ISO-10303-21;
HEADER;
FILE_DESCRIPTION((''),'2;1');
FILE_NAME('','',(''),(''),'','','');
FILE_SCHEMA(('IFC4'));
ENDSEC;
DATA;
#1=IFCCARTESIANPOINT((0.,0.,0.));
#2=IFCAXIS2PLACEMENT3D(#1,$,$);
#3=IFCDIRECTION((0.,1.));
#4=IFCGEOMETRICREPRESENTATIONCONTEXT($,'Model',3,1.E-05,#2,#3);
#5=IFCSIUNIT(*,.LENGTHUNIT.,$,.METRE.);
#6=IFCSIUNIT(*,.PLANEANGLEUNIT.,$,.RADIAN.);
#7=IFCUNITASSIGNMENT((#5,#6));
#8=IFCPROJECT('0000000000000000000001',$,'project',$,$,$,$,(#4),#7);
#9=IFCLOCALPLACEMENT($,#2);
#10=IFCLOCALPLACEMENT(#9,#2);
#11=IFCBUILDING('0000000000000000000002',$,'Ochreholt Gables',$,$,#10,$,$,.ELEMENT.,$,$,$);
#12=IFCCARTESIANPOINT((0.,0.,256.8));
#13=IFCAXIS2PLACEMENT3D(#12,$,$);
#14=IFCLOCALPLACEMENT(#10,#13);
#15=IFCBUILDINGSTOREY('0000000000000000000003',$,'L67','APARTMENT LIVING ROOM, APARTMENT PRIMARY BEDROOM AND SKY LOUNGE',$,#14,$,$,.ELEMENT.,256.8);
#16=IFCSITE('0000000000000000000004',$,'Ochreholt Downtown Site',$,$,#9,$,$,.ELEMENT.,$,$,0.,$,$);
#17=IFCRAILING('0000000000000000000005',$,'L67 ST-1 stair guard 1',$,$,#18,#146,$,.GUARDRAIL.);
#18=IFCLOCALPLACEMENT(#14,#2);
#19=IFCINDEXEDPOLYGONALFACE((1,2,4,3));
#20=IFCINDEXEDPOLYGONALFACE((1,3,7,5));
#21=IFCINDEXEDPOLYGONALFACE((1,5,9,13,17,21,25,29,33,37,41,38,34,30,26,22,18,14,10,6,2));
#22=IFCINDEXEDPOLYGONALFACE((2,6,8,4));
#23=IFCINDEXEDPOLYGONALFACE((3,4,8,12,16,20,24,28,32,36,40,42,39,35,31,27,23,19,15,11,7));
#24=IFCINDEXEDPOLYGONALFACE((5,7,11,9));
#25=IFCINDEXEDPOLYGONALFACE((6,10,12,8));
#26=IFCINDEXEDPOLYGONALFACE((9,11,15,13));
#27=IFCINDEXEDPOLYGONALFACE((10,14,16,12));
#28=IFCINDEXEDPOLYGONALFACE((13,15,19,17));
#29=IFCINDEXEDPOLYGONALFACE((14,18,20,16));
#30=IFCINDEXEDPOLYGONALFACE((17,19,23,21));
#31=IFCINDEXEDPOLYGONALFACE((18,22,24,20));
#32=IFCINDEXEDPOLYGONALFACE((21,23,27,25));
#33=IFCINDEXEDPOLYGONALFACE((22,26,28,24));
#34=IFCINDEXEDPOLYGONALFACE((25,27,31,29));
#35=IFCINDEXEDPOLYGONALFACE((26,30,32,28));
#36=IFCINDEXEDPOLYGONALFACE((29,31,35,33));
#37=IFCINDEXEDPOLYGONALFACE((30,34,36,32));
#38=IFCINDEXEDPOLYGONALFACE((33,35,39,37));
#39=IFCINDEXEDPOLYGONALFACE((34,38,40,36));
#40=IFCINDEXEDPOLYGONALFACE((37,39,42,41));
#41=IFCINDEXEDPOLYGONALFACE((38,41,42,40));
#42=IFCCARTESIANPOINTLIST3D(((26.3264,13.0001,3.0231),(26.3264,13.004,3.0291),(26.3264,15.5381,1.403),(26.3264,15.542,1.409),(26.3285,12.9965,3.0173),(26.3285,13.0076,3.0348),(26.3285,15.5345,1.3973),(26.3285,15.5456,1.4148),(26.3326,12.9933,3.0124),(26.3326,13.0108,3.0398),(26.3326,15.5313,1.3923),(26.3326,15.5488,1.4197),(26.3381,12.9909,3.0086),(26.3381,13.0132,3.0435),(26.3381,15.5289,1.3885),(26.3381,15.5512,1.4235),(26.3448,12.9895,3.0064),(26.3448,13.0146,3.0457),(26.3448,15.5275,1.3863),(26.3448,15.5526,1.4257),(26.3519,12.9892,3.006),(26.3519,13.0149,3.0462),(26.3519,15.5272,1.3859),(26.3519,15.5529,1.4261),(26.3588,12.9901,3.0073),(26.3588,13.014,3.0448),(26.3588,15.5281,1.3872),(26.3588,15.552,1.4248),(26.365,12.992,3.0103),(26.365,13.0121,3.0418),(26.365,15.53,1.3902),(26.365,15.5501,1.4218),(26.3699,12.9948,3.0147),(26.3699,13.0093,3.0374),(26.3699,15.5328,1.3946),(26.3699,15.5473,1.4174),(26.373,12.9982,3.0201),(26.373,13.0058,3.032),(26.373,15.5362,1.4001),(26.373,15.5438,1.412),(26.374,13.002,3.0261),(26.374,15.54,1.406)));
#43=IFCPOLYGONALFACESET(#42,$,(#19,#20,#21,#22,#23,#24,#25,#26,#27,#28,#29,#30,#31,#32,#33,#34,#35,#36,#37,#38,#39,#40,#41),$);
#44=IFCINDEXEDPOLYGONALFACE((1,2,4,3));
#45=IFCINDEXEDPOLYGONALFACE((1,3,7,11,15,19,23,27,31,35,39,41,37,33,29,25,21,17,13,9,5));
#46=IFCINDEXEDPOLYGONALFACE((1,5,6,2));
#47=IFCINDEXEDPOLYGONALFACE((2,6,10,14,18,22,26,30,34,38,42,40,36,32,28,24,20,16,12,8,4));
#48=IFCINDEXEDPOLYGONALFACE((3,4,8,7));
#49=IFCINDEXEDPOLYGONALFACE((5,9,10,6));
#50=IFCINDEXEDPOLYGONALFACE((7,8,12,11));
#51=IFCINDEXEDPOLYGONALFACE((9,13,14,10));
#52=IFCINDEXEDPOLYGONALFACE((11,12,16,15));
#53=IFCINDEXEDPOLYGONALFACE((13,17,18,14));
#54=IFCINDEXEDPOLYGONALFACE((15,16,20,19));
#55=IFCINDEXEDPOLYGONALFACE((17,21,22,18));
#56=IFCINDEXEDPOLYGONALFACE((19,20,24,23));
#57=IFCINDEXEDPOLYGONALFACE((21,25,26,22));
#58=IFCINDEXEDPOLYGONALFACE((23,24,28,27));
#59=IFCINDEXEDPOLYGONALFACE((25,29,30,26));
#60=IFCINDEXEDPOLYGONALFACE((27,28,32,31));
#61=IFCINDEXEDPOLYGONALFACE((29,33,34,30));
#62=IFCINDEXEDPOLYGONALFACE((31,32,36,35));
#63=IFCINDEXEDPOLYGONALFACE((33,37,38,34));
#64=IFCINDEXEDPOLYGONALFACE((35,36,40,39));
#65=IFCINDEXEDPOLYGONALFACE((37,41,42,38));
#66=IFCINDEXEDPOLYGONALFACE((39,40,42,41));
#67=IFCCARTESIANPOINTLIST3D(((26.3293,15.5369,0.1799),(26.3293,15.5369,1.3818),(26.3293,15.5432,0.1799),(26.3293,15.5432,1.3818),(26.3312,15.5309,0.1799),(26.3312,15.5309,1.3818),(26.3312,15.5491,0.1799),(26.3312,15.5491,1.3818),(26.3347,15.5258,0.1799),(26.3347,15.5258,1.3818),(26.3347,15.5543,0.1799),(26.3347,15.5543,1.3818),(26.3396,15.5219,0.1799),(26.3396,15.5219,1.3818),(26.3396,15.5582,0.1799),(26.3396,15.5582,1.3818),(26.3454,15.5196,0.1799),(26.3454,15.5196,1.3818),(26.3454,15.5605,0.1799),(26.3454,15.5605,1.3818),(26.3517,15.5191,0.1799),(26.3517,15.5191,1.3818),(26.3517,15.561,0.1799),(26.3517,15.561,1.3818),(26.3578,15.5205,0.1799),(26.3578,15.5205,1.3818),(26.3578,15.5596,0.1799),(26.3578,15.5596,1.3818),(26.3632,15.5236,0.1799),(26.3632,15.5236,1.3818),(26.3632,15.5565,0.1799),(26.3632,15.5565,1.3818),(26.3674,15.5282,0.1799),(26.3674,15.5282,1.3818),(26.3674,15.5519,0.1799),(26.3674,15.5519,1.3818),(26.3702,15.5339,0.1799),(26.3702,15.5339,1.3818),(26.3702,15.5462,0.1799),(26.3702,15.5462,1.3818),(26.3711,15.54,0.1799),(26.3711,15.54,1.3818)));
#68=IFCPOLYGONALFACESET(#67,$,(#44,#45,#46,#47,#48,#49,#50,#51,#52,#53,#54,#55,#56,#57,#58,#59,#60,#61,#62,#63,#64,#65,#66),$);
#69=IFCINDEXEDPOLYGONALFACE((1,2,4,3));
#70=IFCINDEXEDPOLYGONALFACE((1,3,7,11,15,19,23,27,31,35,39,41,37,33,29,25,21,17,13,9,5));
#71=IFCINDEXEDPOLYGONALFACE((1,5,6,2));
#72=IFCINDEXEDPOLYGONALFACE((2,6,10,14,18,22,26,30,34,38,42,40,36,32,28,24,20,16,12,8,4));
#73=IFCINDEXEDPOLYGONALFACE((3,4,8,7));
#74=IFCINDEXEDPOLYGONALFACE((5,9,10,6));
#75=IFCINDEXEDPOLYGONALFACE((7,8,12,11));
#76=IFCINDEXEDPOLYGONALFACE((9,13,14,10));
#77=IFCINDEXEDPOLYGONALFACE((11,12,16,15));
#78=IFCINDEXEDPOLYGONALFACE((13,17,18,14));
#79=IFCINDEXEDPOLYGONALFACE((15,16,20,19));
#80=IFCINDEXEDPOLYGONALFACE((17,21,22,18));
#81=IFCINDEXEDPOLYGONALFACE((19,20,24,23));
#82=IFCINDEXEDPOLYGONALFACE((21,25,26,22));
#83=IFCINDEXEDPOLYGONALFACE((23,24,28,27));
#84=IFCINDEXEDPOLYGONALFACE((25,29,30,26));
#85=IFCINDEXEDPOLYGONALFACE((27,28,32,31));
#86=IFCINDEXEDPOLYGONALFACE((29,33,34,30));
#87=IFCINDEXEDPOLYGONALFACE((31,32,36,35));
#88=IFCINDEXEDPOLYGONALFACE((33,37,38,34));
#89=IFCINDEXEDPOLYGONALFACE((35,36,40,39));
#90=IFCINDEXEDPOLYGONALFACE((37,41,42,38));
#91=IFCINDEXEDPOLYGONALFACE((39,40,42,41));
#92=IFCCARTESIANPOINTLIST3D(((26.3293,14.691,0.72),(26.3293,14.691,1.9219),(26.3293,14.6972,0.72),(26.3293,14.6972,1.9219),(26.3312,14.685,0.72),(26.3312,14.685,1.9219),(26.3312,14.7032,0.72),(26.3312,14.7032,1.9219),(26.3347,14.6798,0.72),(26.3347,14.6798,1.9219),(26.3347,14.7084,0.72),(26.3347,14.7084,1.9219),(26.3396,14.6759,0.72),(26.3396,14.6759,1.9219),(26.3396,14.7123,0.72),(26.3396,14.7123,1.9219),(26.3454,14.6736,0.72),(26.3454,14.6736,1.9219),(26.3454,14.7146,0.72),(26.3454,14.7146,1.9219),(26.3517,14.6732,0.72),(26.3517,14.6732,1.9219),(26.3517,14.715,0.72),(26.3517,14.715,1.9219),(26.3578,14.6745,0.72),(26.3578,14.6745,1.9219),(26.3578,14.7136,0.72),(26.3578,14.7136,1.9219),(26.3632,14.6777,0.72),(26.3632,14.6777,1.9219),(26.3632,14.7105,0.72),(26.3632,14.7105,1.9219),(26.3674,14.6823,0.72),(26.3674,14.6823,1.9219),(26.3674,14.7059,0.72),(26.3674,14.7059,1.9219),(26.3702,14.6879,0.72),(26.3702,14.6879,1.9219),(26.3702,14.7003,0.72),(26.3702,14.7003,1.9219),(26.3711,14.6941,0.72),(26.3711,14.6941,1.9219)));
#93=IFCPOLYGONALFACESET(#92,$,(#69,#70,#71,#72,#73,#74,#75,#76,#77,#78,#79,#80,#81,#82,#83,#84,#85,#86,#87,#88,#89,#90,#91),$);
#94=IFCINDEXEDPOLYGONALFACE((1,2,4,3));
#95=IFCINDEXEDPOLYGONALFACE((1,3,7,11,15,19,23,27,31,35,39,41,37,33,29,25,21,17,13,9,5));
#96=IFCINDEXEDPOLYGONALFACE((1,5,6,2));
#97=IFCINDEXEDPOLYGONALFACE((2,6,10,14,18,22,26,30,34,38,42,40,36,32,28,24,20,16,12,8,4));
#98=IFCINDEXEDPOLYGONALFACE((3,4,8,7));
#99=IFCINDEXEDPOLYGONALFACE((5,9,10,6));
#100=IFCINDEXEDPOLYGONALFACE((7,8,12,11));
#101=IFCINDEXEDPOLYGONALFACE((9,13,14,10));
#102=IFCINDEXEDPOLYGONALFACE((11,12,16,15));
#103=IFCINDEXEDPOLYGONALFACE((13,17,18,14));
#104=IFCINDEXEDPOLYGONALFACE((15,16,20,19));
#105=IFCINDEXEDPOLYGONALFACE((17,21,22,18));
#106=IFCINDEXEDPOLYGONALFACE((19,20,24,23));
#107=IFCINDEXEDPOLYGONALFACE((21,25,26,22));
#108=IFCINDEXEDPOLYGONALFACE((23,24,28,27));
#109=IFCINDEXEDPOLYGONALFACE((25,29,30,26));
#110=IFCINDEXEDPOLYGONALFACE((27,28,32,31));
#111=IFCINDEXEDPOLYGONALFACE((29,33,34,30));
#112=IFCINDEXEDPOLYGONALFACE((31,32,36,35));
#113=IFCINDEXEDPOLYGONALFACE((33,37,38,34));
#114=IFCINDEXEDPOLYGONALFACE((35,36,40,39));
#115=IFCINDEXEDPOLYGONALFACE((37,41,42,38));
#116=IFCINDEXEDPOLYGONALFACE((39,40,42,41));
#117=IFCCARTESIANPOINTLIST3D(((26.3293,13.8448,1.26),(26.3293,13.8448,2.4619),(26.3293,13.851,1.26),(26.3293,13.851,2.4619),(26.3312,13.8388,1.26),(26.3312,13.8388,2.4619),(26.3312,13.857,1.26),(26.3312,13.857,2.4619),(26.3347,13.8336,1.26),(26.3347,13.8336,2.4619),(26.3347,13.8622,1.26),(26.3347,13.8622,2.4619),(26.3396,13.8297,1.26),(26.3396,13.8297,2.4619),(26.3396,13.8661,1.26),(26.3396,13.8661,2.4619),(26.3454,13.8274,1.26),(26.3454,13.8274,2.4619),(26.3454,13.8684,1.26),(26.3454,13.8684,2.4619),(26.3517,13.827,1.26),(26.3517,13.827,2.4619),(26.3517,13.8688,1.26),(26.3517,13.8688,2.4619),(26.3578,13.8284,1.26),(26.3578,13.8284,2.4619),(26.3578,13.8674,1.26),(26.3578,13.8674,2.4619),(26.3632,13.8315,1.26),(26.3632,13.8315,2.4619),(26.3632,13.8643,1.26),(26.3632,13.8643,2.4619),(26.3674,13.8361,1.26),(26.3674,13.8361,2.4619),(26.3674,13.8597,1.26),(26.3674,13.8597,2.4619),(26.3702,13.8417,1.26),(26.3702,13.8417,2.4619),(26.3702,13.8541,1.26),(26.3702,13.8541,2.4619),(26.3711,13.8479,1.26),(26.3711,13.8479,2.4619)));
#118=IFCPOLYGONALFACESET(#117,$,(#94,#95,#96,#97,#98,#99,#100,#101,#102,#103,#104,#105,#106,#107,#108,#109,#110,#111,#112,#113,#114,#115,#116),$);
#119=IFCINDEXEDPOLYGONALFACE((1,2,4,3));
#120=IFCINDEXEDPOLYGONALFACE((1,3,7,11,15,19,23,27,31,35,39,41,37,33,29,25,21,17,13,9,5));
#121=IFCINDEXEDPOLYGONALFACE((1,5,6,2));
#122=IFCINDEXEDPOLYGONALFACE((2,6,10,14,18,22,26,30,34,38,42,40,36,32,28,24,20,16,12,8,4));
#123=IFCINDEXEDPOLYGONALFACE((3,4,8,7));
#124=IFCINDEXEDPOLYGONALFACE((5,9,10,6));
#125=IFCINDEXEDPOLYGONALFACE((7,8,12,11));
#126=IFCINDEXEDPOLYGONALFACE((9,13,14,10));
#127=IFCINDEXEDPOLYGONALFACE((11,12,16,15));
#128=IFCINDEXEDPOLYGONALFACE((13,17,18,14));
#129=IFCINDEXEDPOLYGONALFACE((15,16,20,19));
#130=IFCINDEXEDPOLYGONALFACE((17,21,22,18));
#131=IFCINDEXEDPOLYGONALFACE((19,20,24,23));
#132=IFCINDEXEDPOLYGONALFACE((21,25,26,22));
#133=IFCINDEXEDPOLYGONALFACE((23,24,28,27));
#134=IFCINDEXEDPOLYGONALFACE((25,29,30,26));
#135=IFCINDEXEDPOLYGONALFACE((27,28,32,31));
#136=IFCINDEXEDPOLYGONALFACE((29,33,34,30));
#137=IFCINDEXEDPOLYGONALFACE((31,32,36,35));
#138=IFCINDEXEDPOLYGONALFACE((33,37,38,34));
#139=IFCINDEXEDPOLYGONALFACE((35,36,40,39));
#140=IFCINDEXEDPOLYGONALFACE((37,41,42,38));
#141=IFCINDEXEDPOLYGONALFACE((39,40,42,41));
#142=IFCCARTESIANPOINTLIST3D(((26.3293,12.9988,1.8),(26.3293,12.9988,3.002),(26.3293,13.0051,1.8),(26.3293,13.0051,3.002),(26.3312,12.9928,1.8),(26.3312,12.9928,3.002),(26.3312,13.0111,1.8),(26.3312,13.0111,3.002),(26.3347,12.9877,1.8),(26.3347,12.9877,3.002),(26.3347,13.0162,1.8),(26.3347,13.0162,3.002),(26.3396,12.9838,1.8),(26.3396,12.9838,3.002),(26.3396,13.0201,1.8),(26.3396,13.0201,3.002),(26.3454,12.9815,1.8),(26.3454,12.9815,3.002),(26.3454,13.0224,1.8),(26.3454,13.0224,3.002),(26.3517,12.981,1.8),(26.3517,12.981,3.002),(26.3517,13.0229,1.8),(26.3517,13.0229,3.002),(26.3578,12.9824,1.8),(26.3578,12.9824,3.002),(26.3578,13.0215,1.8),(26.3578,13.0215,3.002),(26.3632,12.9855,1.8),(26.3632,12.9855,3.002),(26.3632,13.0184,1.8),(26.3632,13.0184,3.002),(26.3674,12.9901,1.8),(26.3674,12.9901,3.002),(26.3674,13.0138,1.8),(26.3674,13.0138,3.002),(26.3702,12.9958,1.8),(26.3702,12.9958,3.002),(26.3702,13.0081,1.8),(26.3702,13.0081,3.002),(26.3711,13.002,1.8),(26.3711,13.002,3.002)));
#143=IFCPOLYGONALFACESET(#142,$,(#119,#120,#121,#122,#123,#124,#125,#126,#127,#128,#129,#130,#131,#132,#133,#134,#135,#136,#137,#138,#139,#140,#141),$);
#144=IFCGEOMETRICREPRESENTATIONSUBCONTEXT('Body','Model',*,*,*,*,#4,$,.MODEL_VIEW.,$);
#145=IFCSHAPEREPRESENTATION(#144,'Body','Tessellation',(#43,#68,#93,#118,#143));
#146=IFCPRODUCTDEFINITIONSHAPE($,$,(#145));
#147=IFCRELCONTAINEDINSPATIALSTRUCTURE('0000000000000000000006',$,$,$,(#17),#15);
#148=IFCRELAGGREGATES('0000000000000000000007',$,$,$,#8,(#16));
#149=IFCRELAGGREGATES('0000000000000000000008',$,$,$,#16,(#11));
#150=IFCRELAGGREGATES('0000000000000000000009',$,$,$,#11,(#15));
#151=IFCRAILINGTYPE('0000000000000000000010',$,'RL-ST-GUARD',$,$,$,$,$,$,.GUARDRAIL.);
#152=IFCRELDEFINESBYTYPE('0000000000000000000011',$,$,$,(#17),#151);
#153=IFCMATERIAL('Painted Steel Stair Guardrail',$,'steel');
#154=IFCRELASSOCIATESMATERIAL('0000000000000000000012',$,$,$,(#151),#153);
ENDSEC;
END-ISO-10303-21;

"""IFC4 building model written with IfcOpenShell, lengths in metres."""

from ifc_helpers import new_model, si_unit, direction, frame, origin, origin_2d, place, context, subcontext, project, spatial, circle, extrude, material, type_object, element, save


model = new_model("IFC4")

# Units and contexts
model_context = context("Model", 3, precision=1e-05, world=origin(), true_north=direction((0.0, 1.0)))
body_context = subcontext(model_context, "Body", "Model", "MODEL_VIEW")
ifc_project = project(units=[si_unit("LENGTHUNIT", "METRE"), si_unit("PLANEANGLEUNIT", "RADIAN")], contexts=[model_context])

# Site, building, storey
site_placement = place(None, origin())
site = spatial("IfcSite", under=ifc_project, at=site_placement, Name="Ochreholt Downtown Site", CompositionType="ELEMENT", RefElevation=0.0)
building_placement = place(site_placement, origin())
building = spatial("IfcBuilding", under=site, at=building_placement, Name="Ochreholt Gables", CompositionType="ELEMENT")
storey_placement = place(building_placement, frame((0.0, 0.0, 256.8)))
storey = spatial("IfcBuildingStorey", under=building, at=storey_placement, Name="L67", Description="APARTMENT LIVING ROOM, APARTMENT PRIMARY BEDROOM AND SKY LOUNGE", CompositionType="ELEMENT", Elevation=256.8)

# Railing
ifc_material_1 = material(Name="Painted Steel Stair Guardrail", Category="steel")
railing_type = type_object("IfcRailingType", Name="RL-ST-GUARD", PredefinedType="GUARDRAIL", material=ifc_material_1)
railing_1_placement = place(storey_placement, frame((26.3501, 15.54, 0.1799)))
element("IfcRailing", 1, at=railing_1_placement, inside=storey, type_object=railing_type, Name="L67 ST-1 stair guard 1", PredefinedType="GUARDRAIL", context=body_context, shape_type="SweptSolid", body=[
    extrude(circle(Radius=0.0239, at=origin_2d()), frame((0.0, 0.0, 1.2261), z_axis=(0.0, -0.842913, 0.53805), x_axis=(1.0, 0.0, 0.0)), (0.0, 0.0, 1.0), 3.011),
    extrude(circle(Radius=0.021, at=origin_2d()), origin(), (0.0, 0.0, 1.0), 1.2019),
    extrude(circle(Radius=0.021, at=origin_2d()), frame((0.0, -0.8459, 0.54)), (0.0, 0.0, 1.0), 1.2019),
    extrude(circle(Radius=0.021, at=origin_2d()), frame((0.0, -1.6921, 1.0801)), (0.0, 0.0, 1.0), 1.2019),
    extrude(circle(Radius=0.021, at=origin_2d()), frame((0.0, -2.5381, 1.6201)), (0.0, 0.0, 1.0), 1.2019),
])

save(model, "model.ifc")
